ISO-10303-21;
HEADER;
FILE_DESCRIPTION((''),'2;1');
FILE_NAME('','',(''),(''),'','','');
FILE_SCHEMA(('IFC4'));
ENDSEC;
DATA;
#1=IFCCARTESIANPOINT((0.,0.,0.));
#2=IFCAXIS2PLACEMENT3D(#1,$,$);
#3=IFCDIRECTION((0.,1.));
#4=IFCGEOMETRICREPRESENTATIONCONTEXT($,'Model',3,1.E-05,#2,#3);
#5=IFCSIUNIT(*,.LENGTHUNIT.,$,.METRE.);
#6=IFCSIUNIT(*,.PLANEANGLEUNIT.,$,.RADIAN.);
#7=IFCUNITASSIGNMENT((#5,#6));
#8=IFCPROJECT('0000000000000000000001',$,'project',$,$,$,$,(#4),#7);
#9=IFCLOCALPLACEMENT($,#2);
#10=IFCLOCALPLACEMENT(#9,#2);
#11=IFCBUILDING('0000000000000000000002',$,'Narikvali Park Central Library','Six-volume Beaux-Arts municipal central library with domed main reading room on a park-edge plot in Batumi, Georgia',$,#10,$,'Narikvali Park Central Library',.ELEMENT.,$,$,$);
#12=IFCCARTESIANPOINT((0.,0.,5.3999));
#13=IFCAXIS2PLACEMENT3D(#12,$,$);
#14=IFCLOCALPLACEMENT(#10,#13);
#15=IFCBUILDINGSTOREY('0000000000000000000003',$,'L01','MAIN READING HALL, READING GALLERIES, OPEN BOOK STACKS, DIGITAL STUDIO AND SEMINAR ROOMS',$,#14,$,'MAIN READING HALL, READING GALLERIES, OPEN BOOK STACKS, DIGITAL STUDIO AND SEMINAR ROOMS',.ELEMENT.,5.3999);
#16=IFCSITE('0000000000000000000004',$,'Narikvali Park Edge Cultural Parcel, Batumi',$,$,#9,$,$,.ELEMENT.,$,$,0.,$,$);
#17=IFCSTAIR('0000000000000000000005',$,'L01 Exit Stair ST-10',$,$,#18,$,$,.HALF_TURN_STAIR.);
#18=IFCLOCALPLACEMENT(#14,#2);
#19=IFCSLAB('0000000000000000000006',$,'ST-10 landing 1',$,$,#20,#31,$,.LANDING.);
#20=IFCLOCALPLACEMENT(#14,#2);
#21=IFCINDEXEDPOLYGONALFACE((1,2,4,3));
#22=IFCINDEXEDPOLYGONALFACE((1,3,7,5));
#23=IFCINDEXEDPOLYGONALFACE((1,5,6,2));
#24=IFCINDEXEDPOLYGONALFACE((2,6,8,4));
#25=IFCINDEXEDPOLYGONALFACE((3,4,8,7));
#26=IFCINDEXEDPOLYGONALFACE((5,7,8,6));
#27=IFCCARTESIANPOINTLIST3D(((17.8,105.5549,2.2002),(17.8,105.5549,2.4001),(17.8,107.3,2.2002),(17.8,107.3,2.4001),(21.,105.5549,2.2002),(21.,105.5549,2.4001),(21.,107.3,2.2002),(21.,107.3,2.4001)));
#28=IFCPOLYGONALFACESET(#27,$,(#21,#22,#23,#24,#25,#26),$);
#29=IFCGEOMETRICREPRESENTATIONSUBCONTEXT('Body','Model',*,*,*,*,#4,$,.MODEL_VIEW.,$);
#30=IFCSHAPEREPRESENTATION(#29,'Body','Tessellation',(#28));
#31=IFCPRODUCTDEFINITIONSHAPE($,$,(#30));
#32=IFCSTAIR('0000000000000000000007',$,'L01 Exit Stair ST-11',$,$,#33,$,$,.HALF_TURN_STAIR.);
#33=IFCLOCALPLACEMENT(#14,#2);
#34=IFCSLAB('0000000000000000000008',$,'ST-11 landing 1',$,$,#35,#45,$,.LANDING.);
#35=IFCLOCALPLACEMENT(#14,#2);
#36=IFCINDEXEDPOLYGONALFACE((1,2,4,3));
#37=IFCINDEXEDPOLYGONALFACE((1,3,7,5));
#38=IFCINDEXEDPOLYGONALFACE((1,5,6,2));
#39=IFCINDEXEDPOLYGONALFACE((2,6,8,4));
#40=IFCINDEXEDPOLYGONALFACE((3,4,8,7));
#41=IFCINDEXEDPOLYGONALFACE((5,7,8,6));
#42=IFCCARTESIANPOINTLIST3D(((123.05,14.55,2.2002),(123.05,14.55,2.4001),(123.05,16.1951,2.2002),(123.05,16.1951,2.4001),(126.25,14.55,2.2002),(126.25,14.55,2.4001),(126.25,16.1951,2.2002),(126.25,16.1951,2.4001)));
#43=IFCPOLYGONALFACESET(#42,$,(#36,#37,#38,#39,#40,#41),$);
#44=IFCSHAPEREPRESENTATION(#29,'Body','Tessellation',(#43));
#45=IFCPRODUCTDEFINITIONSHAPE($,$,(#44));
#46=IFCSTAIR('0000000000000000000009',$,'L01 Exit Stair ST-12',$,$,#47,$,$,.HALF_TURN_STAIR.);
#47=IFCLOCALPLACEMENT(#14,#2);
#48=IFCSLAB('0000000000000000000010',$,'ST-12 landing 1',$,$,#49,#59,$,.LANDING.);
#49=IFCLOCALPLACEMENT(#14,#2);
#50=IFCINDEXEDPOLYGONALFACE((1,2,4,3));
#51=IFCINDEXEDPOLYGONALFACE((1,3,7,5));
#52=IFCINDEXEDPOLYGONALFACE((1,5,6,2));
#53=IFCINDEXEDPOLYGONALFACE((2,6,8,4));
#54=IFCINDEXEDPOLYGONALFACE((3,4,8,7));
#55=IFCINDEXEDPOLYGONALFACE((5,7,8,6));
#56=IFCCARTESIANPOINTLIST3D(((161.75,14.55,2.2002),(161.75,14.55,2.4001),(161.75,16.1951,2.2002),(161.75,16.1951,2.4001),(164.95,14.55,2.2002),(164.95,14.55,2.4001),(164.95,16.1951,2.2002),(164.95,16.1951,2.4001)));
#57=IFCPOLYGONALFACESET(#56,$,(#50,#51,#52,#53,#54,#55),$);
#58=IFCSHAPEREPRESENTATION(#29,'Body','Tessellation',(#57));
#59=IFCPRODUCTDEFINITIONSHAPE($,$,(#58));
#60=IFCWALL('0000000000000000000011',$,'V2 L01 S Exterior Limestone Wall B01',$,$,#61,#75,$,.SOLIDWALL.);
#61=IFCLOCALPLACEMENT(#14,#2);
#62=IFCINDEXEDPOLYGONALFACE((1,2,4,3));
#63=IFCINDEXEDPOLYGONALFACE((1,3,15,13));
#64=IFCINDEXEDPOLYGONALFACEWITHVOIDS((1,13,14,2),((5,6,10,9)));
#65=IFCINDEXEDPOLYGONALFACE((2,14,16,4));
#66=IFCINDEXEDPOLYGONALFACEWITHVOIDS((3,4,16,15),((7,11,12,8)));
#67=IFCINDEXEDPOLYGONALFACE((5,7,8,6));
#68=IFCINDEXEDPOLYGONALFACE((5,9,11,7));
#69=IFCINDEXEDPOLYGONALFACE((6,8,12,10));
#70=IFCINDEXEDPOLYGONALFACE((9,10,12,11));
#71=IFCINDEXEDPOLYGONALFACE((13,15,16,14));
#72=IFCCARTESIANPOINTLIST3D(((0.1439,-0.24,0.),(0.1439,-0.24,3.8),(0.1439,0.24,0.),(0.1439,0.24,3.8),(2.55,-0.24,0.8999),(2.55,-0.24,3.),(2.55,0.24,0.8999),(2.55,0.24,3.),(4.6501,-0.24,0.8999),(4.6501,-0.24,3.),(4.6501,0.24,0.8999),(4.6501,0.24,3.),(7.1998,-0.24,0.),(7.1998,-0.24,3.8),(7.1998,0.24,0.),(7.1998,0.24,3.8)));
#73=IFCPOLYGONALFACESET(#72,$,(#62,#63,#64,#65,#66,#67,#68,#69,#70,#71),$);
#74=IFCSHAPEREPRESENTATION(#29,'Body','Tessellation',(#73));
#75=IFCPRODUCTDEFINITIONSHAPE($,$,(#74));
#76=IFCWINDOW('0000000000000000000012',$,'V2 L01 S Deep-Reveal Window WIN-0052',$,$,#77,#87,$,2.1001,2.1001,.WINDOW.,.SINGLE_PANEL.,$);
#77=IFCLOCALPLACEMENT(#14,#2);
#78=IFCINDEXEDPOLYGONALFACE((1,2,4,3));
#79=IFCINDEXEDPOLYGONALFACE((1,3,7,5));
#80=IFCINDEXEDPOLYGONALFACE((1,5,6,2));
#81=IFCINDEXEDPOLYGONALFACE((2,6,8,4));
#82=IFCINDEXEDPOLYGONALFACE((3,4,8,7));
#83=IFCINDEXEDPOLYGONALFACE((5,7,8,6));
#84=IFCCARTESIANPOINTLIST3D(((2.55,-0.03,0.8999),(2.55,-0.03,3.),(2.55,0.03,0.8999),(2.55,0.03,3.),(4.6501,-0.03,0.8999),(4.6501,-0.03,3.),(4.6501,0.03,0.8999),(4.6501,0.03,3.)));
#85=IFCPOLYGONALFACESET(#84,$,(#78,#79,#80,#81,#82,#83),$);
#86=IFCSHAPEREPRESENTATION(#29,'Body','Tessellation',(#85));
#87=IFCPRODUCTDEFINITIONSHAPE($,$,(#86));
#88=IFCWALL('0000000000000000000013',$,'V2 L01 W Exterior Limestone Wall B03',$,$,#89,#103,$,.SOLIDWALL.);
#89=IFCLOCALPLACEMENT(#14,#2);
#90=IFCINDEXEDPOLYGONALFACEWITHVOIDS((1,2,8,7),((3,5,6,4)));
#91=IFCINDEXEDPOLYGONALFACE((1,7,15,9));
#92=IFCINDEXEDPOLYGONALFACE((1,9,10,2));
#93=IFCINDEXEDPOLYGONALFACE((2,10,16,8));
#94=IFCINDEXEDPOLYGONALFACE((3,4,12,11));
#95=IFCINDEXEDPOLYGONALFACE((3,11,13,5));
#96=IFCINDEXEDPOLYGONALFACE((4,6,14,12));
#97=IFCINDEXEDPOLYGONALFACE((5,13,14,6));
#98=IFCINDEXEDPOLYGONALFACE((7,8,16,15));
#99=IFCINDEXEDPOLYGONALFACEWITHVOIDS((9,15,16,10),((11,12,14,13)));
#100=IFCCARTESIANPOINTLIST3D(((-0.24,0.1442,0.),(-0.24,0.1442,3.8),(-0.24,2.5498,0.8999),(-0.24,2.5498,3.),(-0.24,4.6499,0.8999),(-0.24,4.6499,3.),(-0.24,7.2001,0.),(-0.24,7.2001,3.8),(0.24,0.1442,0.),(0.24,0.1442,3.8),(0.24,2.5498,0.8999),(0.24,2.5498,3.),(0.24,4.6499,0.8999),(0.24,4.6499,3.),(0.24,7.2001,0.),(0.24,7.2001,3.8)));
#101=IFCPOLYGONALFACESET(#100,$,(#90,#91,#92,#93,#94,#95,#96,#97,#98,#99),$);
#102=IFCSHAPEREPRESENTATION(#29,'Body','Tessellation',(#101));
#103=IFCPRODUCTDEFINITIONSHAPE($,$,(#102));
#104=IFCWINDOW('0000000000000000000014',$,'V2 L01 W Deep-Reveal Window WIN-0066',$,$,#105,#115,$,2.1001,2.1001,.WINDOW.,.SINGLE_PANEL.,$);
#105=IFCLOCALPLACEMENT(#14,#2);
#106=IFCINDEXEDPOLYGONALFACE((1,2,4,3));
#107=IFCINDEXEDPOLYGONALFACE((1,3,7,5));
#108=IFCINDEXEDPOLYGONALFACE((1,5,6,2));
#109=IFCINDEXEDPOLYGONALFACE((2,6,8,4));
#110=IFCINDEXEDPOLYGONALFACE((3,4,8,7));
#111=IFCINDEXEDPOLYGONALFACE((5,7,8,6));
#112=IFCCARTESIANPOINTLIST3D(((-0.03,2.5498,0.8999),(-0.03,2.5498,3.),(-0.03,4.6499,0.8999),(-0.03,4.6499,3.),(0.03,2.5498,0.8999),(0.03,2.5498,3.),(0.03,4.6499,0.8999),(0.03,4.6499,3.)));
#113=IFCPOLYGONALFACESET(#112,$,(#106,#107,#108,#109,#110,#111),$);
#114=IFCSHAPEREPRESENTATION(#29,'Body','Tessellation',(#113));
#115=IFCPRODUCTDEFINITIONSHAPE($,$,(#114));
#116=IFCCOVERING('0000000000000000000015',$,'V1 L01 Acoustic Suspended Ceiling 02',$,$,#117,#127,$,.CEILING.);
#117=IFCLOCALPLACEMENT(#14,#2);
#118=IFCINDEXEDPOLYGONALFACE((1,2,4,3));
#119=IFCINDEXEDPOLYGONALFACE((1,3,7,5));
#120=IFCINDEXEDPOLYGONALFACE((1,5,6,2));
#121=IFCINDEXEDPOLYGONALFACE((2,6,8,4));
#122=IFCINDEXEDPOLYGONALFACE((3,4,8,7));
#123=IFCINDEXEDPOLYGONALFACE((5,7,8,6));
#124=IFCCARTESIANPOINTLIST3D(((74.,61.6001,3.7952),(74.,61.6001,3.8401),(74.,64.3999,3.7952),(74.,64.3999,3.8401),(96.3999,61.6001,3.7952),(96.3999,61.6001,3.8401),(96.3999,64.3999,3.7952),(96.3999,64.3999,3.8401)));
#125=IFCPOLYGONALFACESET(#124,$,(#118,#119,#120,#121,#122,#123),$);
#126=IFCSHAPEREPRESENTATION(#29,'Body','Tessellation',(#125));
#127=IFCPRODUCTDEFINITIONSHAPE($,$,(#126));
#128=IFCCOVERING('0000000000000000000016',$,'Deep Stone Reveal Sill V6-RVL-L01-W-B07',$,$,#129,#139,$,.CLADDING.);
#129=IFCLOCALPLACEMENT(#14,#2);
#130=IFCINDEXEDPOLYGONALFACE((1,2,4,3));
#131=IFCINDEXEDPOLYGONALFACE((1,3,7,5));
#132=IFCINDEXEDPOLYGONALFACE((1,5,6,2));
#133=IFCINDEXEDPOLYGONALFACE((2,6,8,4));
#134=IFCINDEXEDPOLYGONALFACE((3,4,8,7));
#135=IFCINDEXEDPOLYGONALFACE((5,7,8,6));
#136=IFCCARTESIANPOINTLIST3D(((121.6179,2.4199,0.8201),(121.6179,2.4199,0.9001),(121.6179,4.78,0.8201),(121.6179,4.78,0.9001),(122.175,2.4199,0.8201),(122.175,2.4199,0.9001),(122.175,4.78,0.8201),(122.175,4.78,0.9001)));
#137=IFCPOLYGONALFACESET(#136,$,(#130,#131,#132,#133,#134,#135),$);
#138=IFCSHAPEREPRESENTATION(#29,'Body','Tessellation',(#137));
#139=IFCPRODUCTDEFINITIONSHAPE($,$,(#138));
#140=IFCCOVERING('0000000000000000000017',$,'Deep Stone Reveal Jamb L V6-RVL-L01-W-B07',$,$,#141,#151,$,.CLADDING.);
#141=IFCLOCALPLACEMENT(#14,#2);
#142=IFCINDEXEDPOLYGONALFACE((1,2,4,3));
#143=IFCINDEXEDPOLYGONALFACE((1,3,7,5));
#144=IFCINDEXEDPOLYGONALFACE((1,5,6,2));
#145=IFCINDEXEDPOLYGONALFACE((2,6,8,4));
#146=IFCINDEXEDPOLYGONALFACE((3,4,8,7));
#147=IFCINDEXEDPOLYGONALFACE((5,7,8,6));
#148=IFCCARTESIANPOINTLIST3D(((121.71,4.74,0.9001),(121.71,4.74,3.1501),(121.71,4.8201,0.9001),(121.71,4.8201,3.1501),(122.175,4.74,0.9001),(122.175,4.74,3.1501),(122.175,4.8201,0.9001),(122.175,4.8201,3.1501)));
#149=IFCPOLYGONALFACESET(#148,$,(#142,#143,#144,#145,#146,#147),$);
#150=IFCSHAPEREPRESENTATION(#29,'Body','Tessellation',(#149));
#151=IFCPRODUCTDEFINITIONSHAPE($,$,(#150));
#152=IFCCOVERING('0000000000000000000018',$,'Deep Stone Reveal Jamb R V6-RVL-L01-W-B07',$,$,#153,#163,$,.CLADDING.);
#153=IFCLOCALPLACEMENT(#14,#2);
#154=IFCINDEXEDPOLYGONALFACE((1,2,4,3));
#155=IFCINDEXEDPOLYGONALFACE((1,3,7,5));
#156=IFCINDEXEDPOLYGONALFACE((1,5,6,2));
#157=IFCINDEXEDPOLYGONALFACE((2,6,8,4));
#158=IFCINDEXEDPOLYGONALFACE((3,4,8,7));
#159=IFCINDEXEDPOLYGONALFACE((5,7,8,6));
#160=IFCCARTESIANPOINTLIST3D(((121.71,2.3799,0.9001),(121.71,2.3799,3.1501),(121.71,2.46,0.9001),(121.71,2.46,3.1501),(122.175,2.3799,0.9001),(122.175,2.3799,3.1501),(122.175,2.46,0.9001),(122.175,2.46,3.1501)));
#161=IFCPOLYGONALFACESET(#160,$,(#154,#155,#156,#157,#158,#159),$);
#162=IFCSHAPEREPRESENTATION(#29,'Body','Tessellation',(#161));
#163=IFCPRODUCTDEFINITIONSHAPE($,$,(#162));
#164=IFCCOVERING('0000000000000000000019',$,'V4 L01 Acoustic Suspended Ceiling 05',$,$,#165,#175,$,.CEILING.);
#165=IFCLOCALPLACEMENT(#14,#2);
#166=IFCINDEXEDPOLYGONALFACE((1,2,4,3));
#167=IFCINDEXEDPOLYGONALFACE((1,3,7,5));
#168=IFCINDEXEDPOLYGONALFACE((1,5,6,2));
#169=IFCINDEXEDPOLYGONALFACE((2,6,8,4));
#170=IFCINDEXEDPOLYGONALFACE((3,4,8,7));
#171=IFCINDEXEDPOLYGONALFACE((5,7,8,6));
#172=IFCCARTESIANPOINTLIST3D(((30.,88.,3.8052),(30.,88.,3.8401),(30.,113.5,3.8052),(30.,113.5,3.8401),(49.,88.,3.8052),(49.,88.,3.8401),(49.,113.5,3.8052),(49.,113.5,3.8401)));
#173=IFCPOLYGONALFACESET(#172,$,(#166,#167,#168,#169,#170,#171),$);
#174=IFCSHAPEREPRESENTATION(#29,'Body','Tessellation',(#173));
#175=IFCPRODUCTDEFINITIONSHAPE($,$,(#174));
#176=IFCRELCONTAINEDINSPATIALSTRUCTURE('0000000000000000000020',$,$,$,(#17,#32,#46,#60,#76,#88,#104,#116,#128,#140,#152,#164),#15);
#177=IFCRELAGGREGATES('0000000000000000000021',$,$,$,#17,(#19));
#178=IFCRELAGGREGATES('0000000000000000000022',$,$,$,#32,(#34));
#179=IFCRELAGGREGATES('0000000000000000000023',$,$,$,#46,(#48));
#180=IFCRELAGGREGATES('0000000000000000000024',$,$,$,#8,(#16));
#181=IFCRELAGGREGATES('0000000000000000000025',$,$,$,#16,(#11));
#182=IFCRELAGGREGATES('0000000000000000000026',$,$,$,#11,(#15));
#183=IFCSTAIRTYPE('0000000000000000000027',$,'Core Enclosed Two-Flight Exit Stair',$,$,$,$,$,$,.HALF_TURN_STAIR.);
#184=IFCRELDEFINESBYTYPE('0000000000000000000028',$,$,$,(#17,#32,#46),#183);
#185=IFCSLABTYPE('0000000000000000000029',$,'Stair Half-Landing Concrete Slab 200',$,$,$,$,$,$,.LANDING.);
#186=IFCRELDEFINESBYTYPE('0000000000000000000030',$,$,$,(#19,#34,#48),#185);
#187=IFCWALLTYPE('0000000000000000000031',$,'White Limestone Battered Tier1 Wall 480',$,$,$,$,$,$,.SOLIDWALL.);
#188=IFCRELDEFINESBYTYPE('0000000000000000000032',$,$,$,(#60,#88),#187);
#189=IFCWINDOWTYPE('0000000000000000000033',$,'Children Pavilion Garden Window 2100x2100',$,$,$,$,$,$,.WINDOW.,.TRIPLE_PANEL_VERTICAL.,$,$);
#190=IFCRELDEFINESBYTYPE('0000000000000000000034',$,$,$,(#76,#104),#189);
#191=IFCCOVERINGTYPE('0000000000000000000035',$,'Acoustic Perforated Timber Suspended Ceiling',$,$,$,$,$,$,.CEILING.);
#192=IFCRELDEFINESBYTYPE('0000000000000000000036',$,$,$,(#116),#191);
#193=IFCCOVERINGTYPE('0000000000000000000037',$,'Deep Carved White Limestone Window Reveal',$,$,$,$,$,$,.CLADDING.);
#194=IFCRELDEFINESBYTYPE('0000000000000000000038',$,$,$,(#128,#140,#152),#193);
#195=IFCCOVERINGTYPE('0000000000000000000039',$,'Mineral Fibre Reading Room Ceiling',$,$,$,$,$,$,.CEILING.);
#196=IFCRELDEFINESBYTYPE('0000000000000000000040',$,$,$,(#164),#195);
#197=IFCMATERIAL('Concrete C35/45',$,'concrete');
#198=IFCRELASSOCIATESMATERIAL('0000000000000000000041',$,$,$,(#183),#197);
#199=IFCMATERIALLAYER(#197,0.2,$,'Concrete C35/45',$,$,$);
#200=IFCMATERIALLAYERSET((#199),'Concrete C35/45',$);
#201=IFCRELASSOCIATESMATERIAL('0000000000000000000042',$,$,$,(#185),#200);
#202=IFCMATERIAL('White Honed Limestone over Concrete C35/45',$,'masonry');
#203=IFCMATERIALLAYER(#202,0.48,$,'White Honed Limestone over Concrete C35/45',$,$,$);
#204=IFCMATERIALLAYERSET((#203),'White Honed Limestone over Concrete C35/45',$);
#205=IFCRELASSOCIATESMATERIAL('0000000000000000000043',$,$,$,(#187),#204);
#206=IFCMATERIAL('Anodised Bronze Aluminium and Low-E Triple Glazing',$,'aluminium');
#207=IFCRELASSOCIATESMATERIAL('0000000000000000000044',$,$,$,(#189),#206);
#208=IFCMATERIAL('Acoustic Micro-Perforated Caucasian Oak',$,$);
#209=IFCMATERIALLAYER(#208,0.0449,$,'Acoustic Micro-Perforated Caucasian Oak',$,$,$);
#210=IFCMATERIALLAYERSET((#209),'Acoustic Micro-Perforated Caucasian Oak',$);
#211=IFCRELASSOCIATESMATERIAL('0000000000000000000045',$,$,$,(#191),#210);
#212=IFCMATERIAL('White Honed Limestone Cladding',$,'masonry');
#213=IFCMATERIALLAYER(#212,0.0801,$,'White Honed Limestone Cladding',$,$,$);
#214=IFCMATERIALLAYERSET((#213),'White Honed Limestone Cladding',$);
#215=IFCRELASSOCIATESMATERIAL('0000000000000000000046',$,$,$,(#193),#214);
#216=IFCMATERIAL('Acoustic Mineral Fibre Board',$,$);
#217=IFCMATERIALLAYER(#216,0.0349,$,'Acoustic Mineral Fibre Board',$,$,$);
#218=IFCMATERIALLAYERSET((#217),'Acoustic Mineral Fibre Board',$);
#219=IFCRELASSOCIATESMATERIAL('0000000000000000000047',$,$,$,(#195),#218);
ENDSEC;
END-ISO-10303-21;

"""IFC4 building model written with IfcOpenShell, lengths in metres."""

from ifc_helpers import new_model, si_unit, direction, frame, frame_2d, origin, place, context, subcontext, project, spatial, polyline, rectangle, outline, extrude, material, layer, layer_set, type_object, element, fill, aggregate, save


model = new_model("IFC4")

# Units and contexts
model_context = context("Model", 3, precision=1e-05, world=origin(), true_north=direction((0.0, 1.0)))
body_context = subcontext(model_context, "Body", "Model", "MODEL_VIEW")
ifc_project = project(units=[si_unit("LENGTHUNIT", "METRE"), si_unit("PLANEANGLEUNIT", "RADIAN")], contexts=[model_context])

# Site, building, storey
site_placement = place(None, origin())
site = spatial("IfcSite", under=ifc_project, at=site_placement, Name="Narikvali Park Edge Cultural Parcel, Batumi", CompositionType="ELEMENT", RefElevation=0.0)
building_placement = place(site_placement, origin())
building = spatial("IfcBuilding", under=site, at=building_placement, Name="Narikvali Park Central Library", Description="Six-volume Beaux-Arts municipal central library with domed main reading room on a park-edge plot in Batumi, Georgia", LongName="Narikvali Park Central Library", CompositionType="ELEMENT")
storey_placement = place(building_placement, frame((0.0, 0.0, 5.3999)))
storey = spatial("IfcBuildingStorey", under=building, at=storey_placement, Name="L01", Description="MAIN READING HALL, READING GALLERIES, OPEN BOOK STACKS, DIGITAL STUDIO AND SEMINAR ROOMS", LongName="MAIN READING HALL, READING GALLERIES, OPEN BOOK STACKS, DIGITAL STUDIO AND SEMINAR ROOMS", CompositionType="ELEMENT", Elevation=5.3999)

# Stairs, slabs
ifc_material_1 = material(Name="Concrete C35/45", Category="concrete")
stair_type = type_object("IfcStairType", Name="Core Enclosed Two-Flight Exit Stair", PredefinedType="HALF_TURN_STAIR", material=ifc_material_1)
ifc_layer_1 = layer(ifc_material_1, 0.2, Name="Concrete C35/45")
ifc_layer_set_1 = layer_set([ifc_layer_1], Name="Concrete C35/45")
slab_type = type_object("IfcSlabType", Name="Stair Half-Landing Concrete Slab 200", PredefinedType="LANDING", material=ifc_layer_set_1)
stair_1_placement = place(storey_placement, origin())
stair_1 = element("IfcStair", 1, at=stair_1_placement, inside=storey, type_object=stair_type, Name="L01 Exit Stair ST-10", PredefinedType="HALF_TURN_STAIR")
slab_1_placement = place(storey_placement, frame((0.0, 0.0, 2.2002)))
slab_1 = element("IfcSlab", 2, at=slab_1_placement, type_object=slab_type, Name="ST-10 landing 1", PredefinedType="LANDING", context=body_context, shape_type="SweptSolid", body=[
    extrude(outline(polyline([(21.0, 105.5549), (21.0, 107.3), (17.8, 107.3), (17.8, 105.5549), (21.0, 105.5549)])), origin(), (0.0, 0.0, 1.0), 0.2),
])
aggregate(stair_1, [slab_1])
stair_2_placement = place(storey_placement, origin())
stair_2 = element("IfcStair", 3, at=stair_2_placement, inside=storey, type_object=stair_type, Name="L01 Exit Stair ST-11", PredefinedType="HALF_TURN_STAIR")
slab_2_placement = place(storey_placement, frame((0.0, 0.0, 2.2002)))
slab_2 = element("IfcSlab", 4, at=slab_2_placement, type_object=slab_type, Name="ST-11 landing 1", PredefinedType="LANDING", context=body_context, shape_type="SweptSolid", body=[
    extrude(outline(polyline([(123.05, 16.1951), (123.05, 14.55), (126.25, 14.55), (126.25, 16.1951), (123.05, 16.1951)])), origin(), (0.0, 0.0, 1.0), 0.2),
])
aggregate(stair_2, [slab_2])
stair_3_placement = place(storey_placement, origin())
stair_3 = element("IfcStair", 5, at=stair_3_placement, inside=storey, type_object=stair_type, Name="L01 Exit Stair ST-12", PredefinedType="HALF_TURN_STAIR")
slab_3_placement = place(storey_placement, frame((0.0, 0.0, 2.2002)))
slab_3 = element("IfcSlab", 6, at=slab_3_placement, type_object=slab_type, Name="ST-12 landing 1", PredefinedType="LANDING", context=body_context, shape_type="SweptSolid", body=[
    extrude(outline(polyline([(161.75, 16.1951), (161.75, 14.55), (164.95, 14.55), (164.95, 16.1951), (161.75, 16.1951)])), origin(), (0.0, 0.0, 1.0), 0.2),
])
aggregate(stair_3, [slab_3])

# Walls, openings, windows
ifc_material_2 = material(Name="White Honed Limestone over Concrete C35/45", Category="masonry")
ifc_layer_2 = layer(ifc_material_2, 0.48, Name="White Honed Limestone over Concrete C35/45")
ifc_layer_set_2 = layer_set([ifc_layer_2], Name="White Honed Limestone over Concrete C35/45")
wall_type = type_object("IfcWallType", Name="White Limestone Battered Tier1 Wall 480", PredefinedType="SOLIDWALL", material=ifc_layer_set_2)
wall_1_placement = place(storey_placement, frame((0.144, 0.0, 0.0), z_axis=(0.0, 0.0, 1.0), x_axis=(1.0, 0.0, 0.0)))
wall_1 = element("IfcWall", 7, at=wall_1_placement, inside=storey, type_object=wall_type, Name="V2 L01 S Exterior Limestone Wall B01", PredefinedType="SOLIDWALL", context=body_context, shape_type="SweptSolid", body=[
    extrude(rectangle(XDim=7.0559, YDim=0.48, at=frame_2d((3.5278, 0.0))), origin(), (0.0, 0.0, 1.0), 3.8),
])
opening_1_placement = place(wall_1_placement, frame((2.406, 0.0, 0.8999)))
opening_1 = element("IfcOpeningElement", 8, at=opening_1_placement, cuts=wall_1, PredefinedType="OPENING", context=body_context, shape_type="SweptSolid", body=[
    extrude(rectangle(XDim=2.1001, YDim=2.1001, at=frame_2d((1.05, 1.05))), frame((0.0, 0.252, 0.0), z_axis=(0.0, -1.0, 0.0), x_axis=(1.0, 0.0, 0.0)), (0.0, 0.0, 1.0), 0.5039),
])
ifc_material_3 = material(Name="Anodised Bronze Aluminium and Low-E Triple Glazing", Category="aluminium")
window_type = type_object("IfcWindowType", Name="Children Pavilion Garden Window 2100x2100", PartitioningType="TRIPLE_PANEL_VERTICAL", PredefinedType="WINDOW", material=ifc_material_3)
window_1_placement = place(opening_1_placement, origin())
window_1 = element("IfcWindow", 9, at=window_1_placement, inside=storey, type_object=window_type, Name="V2 L01 S Deep-Reveal Window WIN-0052", OverallHeight=2.1001, OverallWidth=2.1001, PartitioningType="SINGLE_PANEL", PredefinedType="WINDOW", context=body_context, shape_type="SweptSolid", body=[
    extrude(rectangle(XDim=2.1001, YDim=2.1001, at=frame_2d((1.05, 1.05))), frame((0.0, 0.03, 0.0), z_axis=(0.0, -1.0, 0.0), x_axis=(1.0, 0.0, 0.0)), (0.0, 0.0, 1.0), 0.0601),
])
fill(opening_1, window_1)
wall_2_placement = place(storey_placement, frame((0.0, 7.2, 0.0), z_axis=(0.0, 0.0, 1.0), x_axis=(0.0, -1.0, 0.0)))
wall_2 = element("IfcWall", 10, at=wall_2_placement, inside=storey, type_object=wall_type, Name="V2 L01 W Exterior Limestone Wall B03", PredefinedType="SOLIDWALL", context=body_context, shape_type="SweptSolid", body=[
    extrude(rectangle(XDim=7.0559, YDim=0.48, at=frame_2d((3.5278, 0.0))), origin(), (0.0, 0.0, 1.0), 3.8),
])
opening_2_placement = place(wall_2_placement, frame((2.55, 0.0, 0.8999)))
opening_2 = element("IfcOpeningElement", 11, at=opening_2_placement, cuts=wall_2, PredefinedType="OPENING", context=body_context, shape_type="SweptSolid", body=[
    extrude(rectangle(XDim=2.1001, YDim=2.1001, at=frame_2d((1.05, 1.05))), frame((0.0, 0.252, 0.0), z_axis=(0.0, -1.0, 0.0), x_axis=(1.0, 0.0, 0.0)), (0.0, 0.0, 1.0), 0.5039),
])
window_2_placement = place(opening_2_placement, origin())
window_2 = element("IfcWindow", 12, at=window_2_placement, inside=storey, type_object=window_type, Name="V2 L01 W Deep-Reveal Window WIN-0066", OverallHeight=2.1001, OverallWidth=2.1001, PartitioningType="SINGLE_PANEL", PredefinedType="WINDOW", context=body_context, shape_type="SweptSolid", body=[
    extrude(rectangle(XDim=2.1001, YDim=2.1001, at=frame_2d((1.05, 1.05))), frame((0.0, 0.03, 0.0), z_axis=(0.0, -1.0, 0.0), x_axis=(1.0, 0.0, 0.0)), (0.0, 0.0, 1.0), 0.0601),
])
fill(opening_2, window_2)

# Coverings
ifc_material_4 = material(Name="Acoustic Micro-Perforated Caucasian Oak")
ifc_layer_3 = layer(ifc_material_4, 0.0449, Name="Acoustic Micro-Perforated Caucasian Oak")
ifc_layer_set_3 = layer_set([ifc_layer_3], Name="Acoustic Micro-Perforated Caucasian Oak")
covering_type_1 = type_object("IfcCoveringType", Name="Acoustic Perforated Timber Suspended Ceiling", PredefinedType="CEILING", material=ifc_layer_set_3)
covering_1_placement = place(storey_placement, frame((0.0, 0.0, 3.7952)))
element("IfcCovering", 13, at=covering_1_placement, inside=storey, type_object=covering_type_1, Name="V1 L01 Acoustic Suspended Ceiling 02", PredefinedType="CEILING", context=body_context, shape_type="SweptSolid", body=[
    extrude(outline(polyline([(74.0, 61.6001), (96.3999, 61.6001), (96.3999, 64.3999), (74.0, 64.3999), (74.0, 61.6001)])), origin(), (0.0, 0.0, 1.0), 0.0449),
])
ifc_material_5 = material(Name="White Honed Limestone Cladding", Category="masonry")
ifc_layer_4 = layer(ifc_material_5, 0.0801, Name="White Honed Limestone Cladding")
ifc_layer_set_4 = layer_set([ifc_layer_4], Name="White Honed Limestone Cladding")
covering_type_2 = type_object("IfcCoveringType", Name="Deep Carved White Limestone Window Reveal", PredefinedType="CLADDING", material=ifc_layer_set_4)
covering_2_placement = place(storey_placement, frame((0.0, 0.0, 0.8201)))
element("IfcCovering", 14, at=covering_2_placement, inside=storey, type_object=covering_type_2, Name="Deep Stone Reveal Sill V6-RVL-L01-W-B07", PredefinedType="CLADDING", context=body_context, shape_type="SweptSolid", body=[
    extrude(outline(polyline([(122.175, 4.78), (122.175, 2.4199), (121.6179, 2.4199), (121.6179, 4.78), (122.175, 4.78)])), origin(), (0.0, 0.0, 1.0), 0.0801),
])
covering_3_placement = place(storey_placement, frame((0.0, 0.0, 0.9001)))
element("IfcCovering", 15, at=covering_3_placement, inside=storey, type_object=covering_type_2, Name="Deep Stone Reveal Jamb L V6-RVL-L01-W-B07", PredefinedType="CLADDING", context=body_context, shape_type="SweptSolid", body=[
    extrude(outline(polyline([(122.175, 4.8201), (122.175, 4.74), (121.71, 4.74), (121.71, 4.8201), (122.175, 4.8201)])), origin(), (0.0, 0.0, 1.0), 2.25),
])
covering_4_placement = place(storey_placement, frame((0.0, 0.0, 0.9001)))
element("IfcCovering", 16, at=covering_4_placement, inside=storey, type_object=covering_type_2, Name="Deep Stone Reveal Jamb R V6-RVL-L01-W-B07", PredefinedType="CLADDING", context=body_context, shape_type="SweptSolid", body=[
    extrude(outline(polyline([(122.175, 2.46), (122.175, 2.3799), (121.71, 2.3799), (121.71, 2.46), (122.175, 2.46)])), origin(), (0.0, 0.0, 1.0), 2.25),
])
ifc_material_6 = material(Name="Acoustic Mineral Fibre Board")
ifc_layer_5 = layer(ifc_material_6, 0.0349, Name="Acoustic Mineral Fibre Board")
ifc_layer_set_5 = layer_set([ifc_layer_5], Name="Acoustic Mineral Fibre Board")
covering_type_3 = type_object("IfcCoveringType", Name="Mineral Fibre Reading Room Ceiling", PredefinedType="CEILING", material=ifc_layer_set_5)
covering_5_placement = place(storey_placement, frame((0.0, 0.0, 3.8052)))
element("IfcCovering", 17, at=covering_5_placement, inside=storey, type_object=covering_type_3, Name="V4 L01 Acoustic Suspended Ceiling 05", PredefinedType="CEILING", context=body_context, shape_type="SweptSolid", body=[
    extrude(outline(polyline([(30.0, 88.0), (49.0, 88.0), (49.0, 113.5), (30.0, 113.5), (30.0, 88.0)])), origin(), (0.0, 0.0, 1.0), 0.0349),
])

save(model, "model.ifc")
